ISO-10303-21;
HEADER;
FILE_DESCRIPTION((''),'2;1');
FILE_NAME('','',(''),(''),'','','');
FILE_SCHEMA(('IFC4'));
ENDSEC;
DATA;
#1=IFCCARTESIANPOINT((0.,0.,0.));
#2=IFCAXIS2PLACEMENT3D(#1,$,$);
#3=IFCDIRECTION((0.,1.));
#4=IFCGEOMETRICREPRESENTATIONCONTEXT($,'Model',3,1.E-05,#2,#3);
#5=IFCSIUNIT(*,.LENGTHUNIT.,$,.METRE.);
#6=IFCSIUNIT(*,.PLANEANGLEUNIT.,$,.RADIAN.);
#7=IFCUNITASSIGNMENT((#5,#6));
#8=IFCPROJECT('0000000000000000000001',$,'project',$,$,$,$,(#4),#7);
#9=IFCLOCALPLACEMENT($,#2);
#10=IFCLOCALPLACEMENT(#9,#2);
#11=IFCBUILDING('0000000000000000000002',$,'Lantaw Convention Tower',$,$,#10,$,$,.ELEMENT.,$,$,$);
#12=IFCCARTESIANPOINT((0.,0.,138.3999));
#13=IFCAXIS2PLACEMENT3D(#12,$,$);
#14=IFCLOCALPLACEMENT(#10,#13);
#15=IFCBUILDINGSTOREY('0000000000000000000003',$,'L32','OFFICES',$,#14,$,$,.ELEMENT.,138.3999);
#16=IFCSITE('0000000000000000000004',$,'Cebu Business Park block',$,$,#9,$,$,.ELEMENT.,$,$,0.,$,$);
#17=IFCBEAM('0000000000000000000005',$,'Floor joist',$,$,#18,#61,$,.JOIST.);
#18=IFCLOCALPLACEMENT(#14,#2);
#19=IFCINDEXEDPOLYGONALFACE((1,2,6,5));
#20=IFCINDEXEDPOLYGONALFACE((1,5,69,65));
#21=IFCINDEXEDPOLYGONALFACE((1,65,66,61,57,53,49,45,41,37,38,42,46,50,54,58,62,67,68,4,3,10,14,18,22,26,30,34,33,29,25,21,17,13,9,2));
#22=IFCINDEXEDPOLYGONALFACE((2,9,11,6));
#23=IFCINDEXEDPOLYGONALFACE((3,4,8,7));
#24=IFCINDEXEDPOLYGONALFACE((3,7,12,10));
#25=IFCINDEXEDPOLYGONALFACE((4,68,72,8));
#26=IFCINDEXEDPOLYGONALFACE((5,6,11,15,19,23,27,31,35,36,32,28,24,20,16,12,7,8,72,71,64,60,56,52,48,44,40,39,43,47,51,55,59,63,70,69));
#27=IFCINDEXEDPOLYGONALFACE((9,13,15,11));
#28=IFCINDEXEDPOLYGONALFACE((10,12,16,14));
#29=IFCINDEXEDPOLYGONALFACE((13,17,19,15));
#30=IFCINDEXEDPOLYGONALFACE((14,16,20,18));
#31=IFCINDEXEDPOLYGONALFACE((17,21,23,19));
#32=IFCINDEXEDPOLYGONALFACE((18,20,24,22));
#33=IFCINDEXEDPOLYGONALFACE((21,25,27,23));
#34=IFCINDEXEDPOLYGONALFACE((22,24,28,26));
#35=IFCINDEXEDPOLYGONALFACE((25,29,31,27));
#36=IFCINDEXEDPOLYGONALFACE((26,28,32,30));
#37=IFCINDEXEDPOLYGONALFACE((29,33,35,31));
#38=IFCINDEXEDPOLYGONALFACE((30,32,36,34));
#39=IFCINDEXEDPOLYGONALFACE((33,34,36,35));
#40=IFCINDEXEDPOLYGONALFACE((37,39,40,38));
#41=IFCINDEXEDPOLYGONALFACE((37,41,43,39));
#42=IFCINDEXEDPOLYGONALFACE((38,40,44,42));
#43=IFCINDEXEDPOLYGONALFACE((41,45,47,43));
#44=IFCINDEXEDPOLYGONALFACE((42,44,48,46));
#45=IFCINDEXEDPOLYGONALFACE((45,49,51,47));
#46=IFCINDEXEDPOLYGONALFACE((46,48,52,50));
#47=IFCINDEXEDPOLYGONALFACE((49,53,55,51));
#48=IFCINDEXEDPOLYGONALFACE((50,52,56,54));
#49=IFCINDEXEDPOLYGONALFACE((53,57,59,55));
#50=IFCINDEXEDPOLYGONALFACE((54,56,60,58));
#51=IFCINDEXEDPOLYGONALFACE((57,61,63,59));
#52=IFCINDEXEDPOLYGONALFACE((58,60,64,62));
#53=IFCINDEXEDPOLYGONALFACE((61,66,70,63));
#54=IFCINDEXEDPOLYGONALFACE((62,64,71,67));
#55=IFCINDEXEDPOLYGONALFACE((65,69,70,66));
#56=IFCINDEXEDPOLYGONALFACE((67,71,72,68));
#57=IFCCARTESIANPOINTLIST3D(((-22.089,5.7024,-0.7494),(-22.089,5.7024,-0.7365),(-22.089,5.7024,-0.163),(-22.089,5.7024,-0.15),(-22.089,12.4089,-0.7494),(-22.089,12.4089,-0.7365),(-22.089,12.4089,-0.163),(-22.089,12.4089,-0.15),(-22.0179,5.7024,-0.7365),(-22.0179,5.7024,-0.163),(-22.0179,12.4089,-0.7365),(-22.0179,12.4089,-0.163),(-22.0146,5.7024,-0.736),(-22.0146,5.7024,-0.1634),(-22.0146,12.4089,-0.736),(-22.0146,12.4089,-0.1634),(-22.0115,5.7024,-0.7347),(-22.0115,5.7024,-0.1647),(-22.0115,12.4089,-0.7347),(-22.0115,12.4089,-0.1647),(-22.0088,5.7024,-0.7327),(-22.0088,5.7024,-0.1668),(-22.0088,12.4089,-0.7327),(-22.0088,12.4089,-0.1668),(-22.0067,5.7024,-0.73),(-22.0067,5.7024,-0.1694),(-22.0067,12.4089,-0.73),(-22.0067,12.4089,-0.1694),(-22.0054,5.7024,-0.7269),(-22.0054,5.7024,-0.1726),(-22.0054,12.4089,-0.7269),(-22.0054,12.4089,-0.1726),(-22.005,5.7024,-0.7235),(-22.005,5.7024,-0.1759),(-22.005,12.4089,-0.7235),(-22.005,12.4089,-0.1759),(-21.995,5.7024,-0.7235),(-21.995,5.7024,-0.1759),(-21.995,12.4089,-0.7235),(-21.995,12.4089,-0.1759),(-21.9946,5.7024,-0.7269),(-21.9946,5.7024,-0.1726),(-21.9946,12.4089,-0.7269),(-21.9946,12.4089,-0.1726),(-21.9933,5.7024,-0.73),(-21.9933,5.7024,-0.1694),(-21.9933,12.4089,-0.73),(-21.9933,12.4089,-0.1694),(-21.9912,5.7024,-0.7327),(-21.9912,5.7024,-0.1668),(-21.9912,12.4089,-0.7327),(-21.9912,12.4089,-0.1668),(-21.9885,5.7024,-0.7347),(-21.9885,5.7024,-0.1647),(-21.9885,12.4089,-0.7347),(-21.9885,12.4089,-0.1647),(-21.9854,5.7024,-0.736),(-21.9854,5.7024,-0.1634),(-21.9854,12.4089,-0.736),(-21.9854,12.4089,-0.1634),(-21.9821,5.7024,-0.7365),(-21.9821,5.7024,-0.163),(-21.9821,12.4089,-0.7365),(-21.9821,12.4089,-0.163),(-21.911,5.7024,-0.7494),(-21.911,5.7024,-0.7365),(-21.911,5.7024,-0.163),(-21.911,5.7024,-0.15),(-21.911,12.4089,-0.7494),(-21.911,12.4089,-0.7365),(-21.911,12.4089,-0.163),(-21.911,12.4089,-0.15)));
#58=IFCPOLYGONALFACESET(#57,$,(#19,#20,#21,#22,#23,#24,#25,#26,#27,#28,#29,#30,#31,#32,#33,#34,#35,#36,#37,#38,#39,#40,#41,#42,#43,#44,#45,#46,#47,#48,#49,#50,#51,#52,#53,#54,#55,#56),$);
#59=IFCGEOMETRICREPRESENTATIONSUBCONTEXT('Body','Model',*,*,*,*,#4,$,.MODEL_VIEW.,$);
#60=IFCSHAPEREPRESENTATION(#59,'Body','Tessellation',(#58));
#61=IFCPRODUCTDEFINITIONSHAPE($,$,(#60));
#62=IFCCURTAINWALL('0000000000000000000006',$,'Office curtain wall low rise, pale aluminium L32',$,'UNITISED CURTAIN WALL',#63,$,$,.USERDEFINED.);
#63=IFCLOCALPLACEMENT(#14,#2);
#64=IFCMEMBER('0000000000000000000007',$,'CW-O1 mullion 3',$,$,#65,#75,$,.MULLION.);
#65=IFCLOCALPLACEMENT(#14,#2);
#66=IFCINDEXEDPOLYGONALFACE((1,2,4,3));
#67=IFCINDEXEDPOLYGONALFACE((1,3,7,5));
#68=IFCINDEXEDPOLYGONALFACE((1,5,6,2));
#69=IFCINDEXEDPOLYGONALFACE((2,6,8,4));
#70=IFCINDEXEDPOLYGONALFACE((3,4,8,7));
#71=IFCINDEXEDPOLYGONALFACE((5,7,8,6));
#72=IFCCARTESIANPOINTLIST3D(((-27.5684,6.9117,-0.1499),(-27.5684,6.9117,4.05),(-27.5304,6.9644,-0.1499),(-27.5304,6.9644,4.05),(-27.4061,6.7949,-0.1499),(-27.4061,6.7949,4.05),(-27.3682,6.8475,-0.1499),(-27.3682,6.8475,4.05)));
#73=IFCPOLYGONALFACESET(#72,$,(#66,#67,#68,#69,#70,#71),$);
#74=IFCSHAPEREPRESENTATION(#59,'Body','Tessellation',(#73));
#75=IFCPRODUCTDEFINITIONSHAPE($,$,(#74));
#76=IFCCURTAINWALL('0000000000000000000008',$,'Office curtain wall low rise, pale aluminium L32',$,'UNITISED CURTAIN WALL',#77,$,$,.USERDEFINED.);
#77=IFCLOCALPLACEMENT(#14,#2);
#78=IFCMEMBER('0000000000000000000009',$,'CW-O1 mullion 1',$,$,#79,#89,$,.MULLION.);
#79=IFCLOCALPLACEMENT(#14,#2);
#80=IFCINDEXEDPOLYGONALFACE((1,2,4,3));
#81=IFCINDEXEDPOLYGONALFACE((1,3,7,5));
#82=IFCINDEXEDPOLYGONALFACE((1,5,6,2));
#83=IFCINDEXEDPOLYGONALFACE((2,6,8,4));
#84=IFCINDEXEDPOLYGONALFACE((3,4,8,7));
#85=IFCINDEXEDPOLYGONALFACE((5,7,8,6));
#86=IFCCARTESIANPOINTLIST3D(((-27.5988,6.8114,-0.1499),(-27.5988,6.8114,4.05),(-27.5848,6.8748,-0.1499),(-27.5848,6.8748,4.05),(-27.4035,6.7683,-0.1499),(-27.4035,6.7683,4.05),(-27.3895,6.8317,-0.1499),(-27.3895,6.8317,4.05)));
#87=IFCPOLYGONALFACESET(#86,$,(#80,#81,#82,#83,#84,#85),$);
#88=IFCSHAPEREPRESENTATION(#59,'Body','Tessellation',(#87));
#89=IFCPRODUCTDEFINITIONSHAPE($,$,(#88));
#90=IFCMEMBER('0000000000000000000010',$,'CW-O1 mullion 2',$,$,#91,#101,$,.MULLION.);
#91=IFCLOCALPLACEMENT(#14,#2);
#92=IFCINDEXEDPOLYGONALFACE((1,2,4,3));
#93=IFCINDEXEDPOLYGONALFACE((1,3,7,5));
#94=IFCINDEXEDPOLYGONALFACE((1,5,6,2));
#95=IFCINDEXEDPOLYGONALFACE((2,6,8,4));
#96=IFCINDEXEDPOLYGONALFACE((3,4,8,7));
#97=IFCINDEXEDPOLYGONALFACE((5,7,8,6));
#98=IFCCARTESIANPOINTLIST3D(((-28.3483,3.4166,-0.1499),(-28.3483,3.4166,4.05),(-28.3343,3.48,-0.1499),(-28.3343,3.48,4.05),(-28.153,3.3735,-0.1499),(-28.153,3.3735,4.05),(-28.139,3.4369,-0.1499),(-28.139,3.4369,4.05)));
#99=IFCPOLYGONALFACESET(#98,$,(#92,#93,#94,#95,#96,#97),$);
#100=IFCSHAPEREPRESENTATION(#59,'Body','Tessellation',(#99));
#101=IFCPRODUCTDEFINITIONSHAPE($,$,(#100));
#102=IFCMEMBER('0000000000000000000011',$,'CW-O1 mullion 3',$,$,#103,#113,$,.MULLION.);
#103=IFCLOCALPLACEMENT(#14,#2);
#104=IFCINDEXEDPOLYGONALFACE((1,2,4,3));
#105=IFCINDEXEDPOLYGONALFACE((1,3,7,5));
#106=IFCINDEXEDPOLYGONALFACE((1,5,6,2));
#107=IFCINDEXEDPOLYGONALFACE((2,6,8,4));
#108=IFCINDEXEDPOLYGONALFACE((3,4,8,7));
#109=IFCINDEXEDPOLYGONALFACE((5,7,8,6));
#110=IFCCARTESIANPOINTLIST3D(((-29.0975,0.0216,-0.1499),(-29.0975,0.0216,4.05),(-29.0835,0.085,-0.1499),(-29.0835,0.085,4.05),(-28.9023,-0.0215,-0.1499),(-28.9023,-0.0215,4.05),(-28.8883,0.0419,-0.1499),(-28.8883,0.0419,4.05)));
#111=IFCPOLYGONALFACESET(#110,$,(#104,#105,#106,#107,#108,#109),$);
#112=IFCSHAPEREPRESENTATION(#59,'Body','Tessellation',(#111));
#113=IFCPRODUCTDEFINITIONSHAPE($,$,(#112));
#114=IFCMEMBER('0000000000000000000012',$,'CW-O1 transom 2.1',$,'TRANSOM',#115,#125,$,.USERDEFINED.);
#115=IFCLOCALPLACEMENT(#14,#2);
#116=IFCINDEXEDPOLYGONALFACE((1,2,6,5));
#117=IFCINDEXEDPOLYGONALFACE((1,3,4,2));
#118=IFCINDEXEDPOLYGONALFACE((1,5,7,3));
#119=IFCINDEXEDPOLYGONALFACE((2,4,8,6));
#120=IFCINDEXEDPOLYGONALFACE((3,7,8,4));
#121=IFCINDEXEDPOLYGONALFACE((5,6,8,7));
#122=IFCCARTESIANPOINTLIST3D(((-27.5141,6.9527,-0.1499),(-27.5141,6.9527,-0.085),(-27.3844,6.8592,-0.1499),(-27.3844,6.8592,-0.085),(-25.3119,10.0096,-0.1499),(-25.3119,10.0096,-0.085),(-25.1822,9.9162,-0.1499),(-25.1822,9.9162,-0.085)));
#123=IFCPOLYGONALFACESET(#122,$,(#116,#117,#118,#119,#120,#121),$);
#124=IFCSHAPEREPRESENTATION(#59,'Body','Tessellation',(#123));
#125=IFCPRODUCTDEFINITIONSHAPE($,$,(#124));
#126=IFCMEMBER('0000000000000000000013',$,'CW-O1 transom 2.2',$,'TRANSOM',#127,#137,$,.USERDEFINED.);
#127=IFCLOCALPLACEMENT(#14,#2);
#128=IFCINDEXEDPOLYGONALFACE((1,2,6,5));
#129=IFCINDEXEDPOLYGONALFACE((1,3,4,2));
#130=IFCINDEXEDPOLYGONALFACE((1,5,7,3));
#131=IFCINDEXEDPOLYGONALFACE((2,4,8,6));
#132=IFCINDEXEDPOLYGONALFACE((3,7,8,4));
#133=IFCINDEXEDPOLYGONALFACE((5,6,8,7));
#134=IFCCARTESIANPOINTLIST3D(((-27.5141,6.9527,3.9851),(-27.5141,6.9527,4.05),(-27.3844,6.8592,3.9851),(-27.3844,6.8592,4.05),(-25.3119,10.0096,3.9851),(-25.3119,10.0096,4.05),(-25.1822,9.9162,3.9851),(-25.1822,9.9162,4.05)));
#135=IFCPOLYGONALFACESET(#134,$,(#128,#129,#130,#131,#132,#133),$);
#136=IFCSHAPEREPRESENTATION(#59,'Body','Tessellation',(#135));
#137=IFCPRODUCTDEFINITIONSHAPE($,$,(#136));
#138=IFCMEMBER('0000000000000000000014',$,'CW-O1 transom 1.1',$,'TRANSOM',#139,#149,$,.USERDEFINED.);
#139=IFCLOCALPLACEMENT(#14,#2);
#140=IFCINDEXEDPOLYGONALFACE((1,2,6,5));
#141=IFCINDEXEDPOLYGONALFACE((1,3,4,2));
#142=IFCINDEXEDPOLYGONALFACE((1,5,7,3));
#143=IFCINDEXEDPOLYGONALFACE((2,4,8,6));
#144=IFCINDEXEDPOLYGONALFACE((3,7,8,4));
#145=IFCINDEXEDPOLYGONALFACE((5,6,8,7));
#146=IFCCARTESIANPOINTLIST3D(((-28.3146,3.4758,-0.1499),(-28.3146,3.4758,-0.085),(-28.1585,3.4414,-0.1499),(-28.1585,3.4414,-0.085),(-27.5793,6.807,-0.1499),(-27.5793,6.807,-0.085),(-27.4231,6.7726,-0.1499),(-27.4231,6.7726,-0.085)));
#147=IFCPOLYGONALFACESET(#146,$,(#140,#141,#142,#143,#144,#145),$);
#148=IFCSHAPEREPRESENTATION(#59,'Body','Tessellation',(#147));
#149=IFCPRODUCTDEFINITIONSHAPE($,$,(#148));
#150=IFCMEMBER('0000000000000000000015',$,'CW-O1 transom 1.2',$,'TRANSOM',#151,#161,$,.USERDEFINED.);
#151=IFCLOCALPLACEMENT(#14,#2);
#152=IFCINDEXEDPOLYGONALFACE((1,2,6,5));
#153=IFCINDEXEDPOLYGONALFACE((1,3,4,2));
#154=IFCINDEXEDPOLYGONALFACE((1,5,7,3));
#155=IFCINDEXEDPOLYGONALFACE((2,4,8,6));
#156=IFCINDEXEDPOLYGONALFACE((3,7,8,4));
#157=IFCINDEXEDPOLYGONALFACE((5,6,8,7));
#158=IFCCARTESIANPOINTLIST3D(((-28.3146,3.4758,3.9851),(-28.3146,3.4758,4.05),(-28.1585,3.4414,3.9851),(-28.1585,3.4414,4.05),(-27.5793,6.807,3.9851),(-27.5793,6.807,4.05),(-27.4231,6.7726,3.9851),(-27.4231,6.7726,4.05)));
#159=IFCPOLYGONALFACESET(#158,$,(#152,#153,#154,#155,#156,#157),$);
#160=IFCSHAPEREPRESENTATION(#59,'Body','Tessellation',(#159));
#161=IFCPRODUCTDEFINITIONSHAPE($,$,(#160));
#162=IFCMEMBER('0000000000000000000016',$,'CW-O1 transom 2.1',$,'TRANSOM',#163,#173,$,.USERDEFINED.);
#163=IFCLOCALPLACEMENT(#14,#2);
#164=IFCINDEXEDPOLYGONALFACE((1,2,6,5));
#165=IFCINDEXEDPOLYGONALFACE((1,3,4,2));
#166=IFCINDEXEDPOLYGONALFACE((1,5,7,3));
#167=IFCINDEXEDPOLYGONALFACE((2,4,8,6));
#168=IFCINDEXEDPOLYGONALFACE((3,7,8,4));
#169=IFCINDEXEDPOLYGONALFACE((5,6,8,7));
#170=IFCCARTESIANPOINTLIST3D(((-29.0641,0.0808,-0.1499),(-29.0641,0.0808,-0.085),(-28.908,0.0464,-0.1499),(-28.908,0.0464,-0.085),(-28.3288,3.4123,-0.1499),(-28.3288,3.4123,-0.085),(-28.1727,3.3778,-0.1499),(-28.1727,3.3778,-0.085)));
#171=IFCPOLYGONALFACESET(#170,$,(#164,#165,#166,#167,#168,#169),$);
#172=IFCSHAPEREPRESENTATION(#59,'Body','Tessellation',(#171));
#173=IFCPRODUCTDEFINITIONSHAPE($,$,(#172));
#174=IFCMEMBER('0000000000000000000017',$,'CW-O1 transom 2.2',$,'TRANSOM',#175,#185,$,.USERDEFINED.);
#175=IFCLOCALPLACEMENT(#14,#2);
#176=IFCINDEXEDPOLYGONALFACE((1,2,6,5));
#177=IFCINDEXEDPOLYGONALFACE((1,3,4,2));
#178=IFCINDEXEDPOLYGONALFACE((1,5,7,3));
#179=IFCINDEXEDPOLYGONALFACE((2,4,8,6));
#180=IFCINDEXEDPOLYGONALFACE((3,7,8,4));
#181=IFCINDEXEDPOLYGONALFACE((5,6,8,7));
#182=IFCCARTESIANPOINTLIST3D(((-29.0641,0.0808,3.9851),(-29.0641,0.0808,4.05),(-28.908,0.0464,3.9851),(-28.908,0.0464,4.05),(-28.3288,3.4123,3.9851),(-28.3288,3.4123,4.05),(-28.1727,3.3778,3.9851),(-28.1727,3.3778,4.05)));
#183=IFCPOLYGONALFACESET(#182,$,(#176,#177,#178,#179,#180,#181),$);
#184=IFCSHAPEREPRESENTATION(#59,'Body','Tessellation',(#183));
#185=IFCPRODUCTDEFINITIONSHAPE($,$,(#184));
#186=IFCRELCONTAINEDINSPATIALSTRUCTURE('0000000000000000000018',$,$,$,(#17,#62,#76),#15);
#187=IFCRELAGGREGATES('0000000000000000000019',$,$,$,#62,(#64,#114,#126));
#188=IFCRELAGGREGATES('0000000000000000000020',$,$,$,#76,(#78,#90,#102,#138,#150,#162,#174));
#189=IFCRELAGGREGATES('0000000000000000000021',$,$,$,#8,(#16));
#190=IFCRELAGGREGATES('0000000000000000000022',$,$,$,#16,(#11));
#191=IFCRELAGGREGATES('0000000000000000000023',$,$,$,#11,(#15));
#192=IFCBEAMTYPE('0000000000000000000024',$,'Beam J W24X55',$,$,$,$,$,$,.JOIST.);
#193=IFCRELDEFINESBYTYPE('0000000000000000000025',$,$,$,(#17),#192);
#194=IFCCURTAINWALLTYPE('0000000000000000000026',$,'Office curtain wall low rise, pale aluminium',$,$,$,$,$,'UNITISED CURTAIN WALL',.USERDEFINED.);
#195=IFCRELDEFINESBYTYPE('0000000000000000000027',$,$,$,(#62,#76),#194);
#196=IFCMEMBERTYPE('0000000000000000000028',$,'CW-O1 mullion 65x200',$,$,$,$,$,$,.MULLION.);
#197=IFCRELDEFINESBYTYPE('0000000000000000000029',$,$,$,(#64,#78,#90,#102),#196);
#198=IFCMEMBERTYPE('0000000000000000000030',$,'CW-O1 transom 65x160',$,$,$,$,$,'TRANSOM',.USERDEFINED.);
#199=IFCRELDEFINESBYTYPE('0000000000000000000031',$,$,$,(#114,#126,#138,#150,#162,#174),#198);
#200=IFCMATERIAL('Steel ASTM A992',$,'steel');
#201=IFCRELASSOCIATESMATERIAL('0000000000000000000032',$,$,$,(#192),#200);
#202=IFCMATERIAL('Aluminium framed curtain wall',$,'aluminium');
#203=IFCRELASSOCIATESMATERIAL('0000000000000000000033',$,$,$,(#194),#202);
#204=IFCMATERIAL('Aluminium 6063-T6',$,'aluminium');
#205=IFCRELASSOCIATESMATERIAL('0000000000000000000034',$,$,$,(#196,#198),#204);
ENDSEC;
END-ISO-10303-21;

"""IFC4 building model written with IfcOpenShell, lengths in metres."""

from ifc_helpers import new_model, si_unit, direction, frame, origin, origin_2d, place, context, subcontext, project, spatial, rectangle, i_section, extrude, material, material_profile, profile_set, type_object, element, aggregate, save


model = new_model("IFC4")

# Units and contexts
model_context = context("Model", 3, precision=1e-05, world=origin(), true_north=direction((0.0, 1.0)))
body_context = subcontext(model_context, "Body", "Model", "MODEL_VIEW")
ifc_project = project(units=[si_unit("LENGTHUNIT", "METRE"), si_unit("PLANEANGLEUNIT", "RADIAN")], contexts=[model_context])

# Site, building, storey
site_placement = place(None, origin())
site = spatial("IfcSite", under=ifc_project, at=site_placement, Name="Cebu Business Park block", CompositionType="ELEMENT", RefElevation=0.0)
building_placement = place(site_placement, origin())
building = spatial("IfcBuilding", under=site, at=building_placement, Name="Lantaw Convention Tower", CompositionType="ELEMENT")
storey_placement = place(building_placement, frame((0.0, 0.0, 138.3999)))
storey = spatial("IfcBuildingStorey", under=building, at=storey_placement, Name="L32", Description="OFFICES", CompositionType="ELEMENT", Elevation=138.3999)

# Beam
ifc_material_1 = material(Name="Steel ASTM A992", Category="steel")
ifc_material_profile_1 = material_profile(ifc_material_1, i_section(OverallWidth=0.178, OverallDepth=0.5994, WebThickness=0.01, FlangeThickness=0.0129, FilletRadius=0.0129, at=origin_2d()), Name="W24X55")
ifc_profile_set_1 = profile_set([ifc_material_profile_1], Name="Steel ASTM A992")
beam_type_1 = type_object("IfcBeamType", Name="Beam J W24X55", PredefinedType="JOIST", material=ifc_profile_set_1)
beam_1_placement = place(storey_placement, frame((-22.0, 5.7024, -0.4497), z_axis=(0.0, 1.0, 0.0), x_axis=(-1.0, 0.0, 0.0)))
element("IfcBeam", 1, at=beam_1_placement, inside=storey, type_object=beam_type_1, Name="Floor joist", PredefinedType="JOIST", context=body_context, shape_type="SweptSolid", body=[
    extrude(i_section(OverallWidth=0.178, OverallDepth=0.5994, WebThickness=0.01, FlangeThickness=0.0129, FilletRadius=0.0129, at=origin_2d()), origin(), (0.0, 0.0, 1.0), 6.7065),
])

# Curtain wall, member
ifc_material_2 = material(Name="Aluminium framed curtain wall", Category="aluminium")
curtain_wall_type = type_object("IfcCurtainWallType", Name="Office curtain wall low rise, pale aluminium", ElementType="UNITISED CURTAIN WALL", PredefinedType="USERDEFINED", material=ifc_material_2)
curtain_wall_1_placement = place(storey_placement, origin())
curtain_wall_1 = element("IfcCurtainWall", 2, at=curtain_wall_1_placement, inside=storey, type_object=curtain_wall_type, Name="Office curtain wall low rise, pale aluminium L32", ObjectType="UNITISED CURTAIN WALL", PredefinedType="USERDEFINED")
ifc_material_3 = material(Name="Aluminium 6063-T6", Category="aluminium")
ifc_material_profile_2 = material_profile(ifc_material_3, rectangle(XDim=0.2, YDim=0.0649, at=origin_2d()), Name="CW-O1 mullion 65x200")
ifc_profile_set_2 = profile_set([ifc_material_profile_2], Name="Aluminium 6063-T6")
member_type_1 = type_object("IfcMemberType", Name="CW-O1 mullion 65x200", PredefinedType="MULLION", material=ifc_profile_set_2)
member_1_placement = place(storey_placement, frame((-27.4683, 6.8796, -0.1499), z_axis=(0.0, 0.0, 1.0), x_axis=(0.811385, -0.584513, 0.0)))
member_1 = element("IfcMember", 3, at=member_1_placement, type_object=member_type_1, Name="CW-O1 mullion 3", PredefinedType="MULLION", context=body_context, shape_type="SweptSolid", body=[
    extrude(rectangle(XDim=0.2, YDim=0.0649, at=origin_2d()), origin(), (0.0, 0.0, 1.0), 4.2),
])

# Curtain wall, members
curtain_wall_2_placement = place(storey_placement, origin())
curtain_wall_2 = element("IfcCurtainWall", 4, at=curtain_wall_2_placement, inside=storey, type_object=curtain_wall_type, Name="Office curtain wall low rise, pale aluminium L32", ObjectType="UNITISED CURTAIN WALL", PredefinedType="USERDEFINED")
member_2_placement = place(storey_placement, frame((-27.4941, 6.8215, -0.1499), z_axis=(0.0, 0.0, 1.0), x_axis=(0.976494, -0.215546, 0.0)))
member_2 = element("IfcMember", 5, at=member_2_placement, type_object=member_type_1, Name="CW-O1 mullion 1", PredefinedType="MULLION", context=body_context, shape_type="SweptSolid", body=[
    extrude(rectangle(XDim=0.2, YDim=0.0649, at=origin_2d()), origin(), (0.0, 0.0, 1.0), 4.2),
])
member_3_placement = place(storey_placement, frame((-28.2437, 3.4268, -0.1499), z_axis=(0.0, 0.0, 1.0), x_axis=(0.976494, -0.215546, 0.0)))
member_3 = element("IfcMember", 6, at=member_3_placement, type_object=member_type_1, Name="CW-O1 mullion 2", PredefinedType="MULLION", context=body_context, shape_type="SweptSolid", body=[
    extrude(rectangle(XDim=0.2, YDim=0.0649, at=origin_2d()), origin(), (0.0, 0.0, 1.0), 4.2),
])
member_4_placement = place(storey_placement, frame((-28.9929, 0.0317, -0.1499), z_axis=(0.0, 0.0, 1.0), x_axis=(0.976494, -0.215546, 0.0)))
member_4 = element("IfcMember", 7, at=member_4_placement, type_object=member_type_1, Name="CW-O1 mullion 3", PredefinedType="MULLION", context=body_context, shape_type="SweptSolid", body=[
    extrude(rectangle(XDim=0.2, YDim=0.0649, at=origin_2d()), origin(), (0.0, 0.0, 1.0), 4.2),
])

# Members
ifc_material_profile_3 = material_profile(ifc_material_3, rectangle(XDim=0.1599, YDim=0.0649, at=origin_2d()), Name="CW-O1 transom 65x160")
ifc_profile_set_3 = profile_set([ifc_material_profile_3], Name="Aluminium 6063-T6")
member_type_2 = type_object("IfcMemberType", Name="CW-O1 transom 65x160", ElementType="TRANSOM", PredefinedType="USERDEFINED", material=ifc_profile_set_3)
member_5_placement = place(storey_placement, frame((-25.2471, 9.9629, -0.1174), z_axis=(-0.584513, -0.811384, 0.0), x_axis=(0.811384, -0.584513, 0.0)))
member_5 = element("IfcMember", 8, at=member_5_placement, type_object=member_type_2, Name="CW-O1 transom 2.1", ObjectType="TRANSOM", PredefinedType="USERDEFINED", context=body_context, shape_type="SweptSolid", body=[
    extrude(rectangle(XDim=0.1599, YDim=0.0649, at=origin_2d()), origin(), (0.0, 0.0, 1.0), 3.7676),
])
member_6_placement = place(storey_placement, frame((-25.2471, 9.9629, 4.0176), z_axis=(-0.584513, -0.811384, 0.0), x_axis=(0.811384, -0.584513, 0.0)))
member_6 = element("IfcMember", 9, at=member_6_placement, type_object=member_type_2, Name="CW-O1 transom 2.2", ObjectType="TRANSOM", PredefinedType="USERDEFINED", context=body_context, shape_type="SweptSolid", body=[
    extrude(rectangle(XDim=0.1599, YDim=0.0649, at=origin_2d()), origin(), (0.0, 0.0, 1.0), 3.7676),
])
member_7_placement = place(storey_placement, frame((-27.5012, 6.7898, -0.1174), z_axis=(-0.215551, -0.976493, 0.0), x_axis=(0.976493, -0.215551, 0.0)))
member_7 = element("IfcMember", 10, at=member_7_placement, type_object=member_type_2, Name="CW-O1 transom 1.1", ObjectType="TRANSOM", PredefinedType="USERDEFINED", context=body_context, shape_type="SweptSolid", body=[
    extrude(rectangle(XDim=0.1599, YDim=0.0649, at=origin_2d()), origin(), (0.0, 0.0, 1.0), 3.4114),
])
member_8_placement = place(storey_placement, frame((-27.5012, 6.7898, 4.0176), z_axis=(-0.215551, -0.976493, 0.0), x_axis=(0.976493, -0.215551, 0.0)))
member_8 = element("IfcMember", 11, at=member_8_placement, type_object=member_type_2, Name="CW-O1 transom 1.2", ObjectType="TRANSOM", PredefinedType="USERDEFINED", context=body_context, shape_type="SweptSolid", body=[
    extrude(rectangle(XDim=0.1599, YDim=0.0649, at=origin_2d()), origin(), (0.0, 0.0, 1.0), 3.4114),
])
member_9_placement = place(storey_placement, frame((-28.2507, 3.395, -0.1174), z_axis=(-0.215536, -0.976496, 0.0), x_axis=(0.976496, -0.215536, 0.0)))
member_9 = element("IfcMember", 12, at=member_9_placement, type_object=member_type_2, Name="CW-O1 transom 2.1", ObjectType="TRANSOM", PredefinedType="USERDEFINED", context=body_context, shape_type="SweptSolid", body=[
    extrude(rectangle(XDim=0.1599, YDim=0.0649, at=origin_2d()), origin(), (0.0, 0.0, 1.0), 3.4116),
])
member_10_placement = place(storey_placement, frame((-28.2507, 3.395, 4.0176), z_axis=(-0.215536, -0.976496, 0.0), x_axis=(0.976496, -0.215536, 0.0)))
member_10 = element("IfcMember", 13, at=member_10_placement, type_object=member_type_2, Name="CW-O1 transom 2.2", ObjectType="TRANSOM", PredefinedType="USERDEFINED", context=body_context, shape_type="SweptSolid", body=[
    extrude(rectangle(XDim=0.1599, YDim=0.0649, at=origin_2d()), origin(), (0.0, 0.0, 1.0), 3.4116),
])

aggregate(curtain_wall_1, [member_1, member_5, member_6])
aggregate(curtain_wall_2, [member_2, member_3, member_4, member_7, member_8, member_9, member_10])

save(model, "model.ifc")
